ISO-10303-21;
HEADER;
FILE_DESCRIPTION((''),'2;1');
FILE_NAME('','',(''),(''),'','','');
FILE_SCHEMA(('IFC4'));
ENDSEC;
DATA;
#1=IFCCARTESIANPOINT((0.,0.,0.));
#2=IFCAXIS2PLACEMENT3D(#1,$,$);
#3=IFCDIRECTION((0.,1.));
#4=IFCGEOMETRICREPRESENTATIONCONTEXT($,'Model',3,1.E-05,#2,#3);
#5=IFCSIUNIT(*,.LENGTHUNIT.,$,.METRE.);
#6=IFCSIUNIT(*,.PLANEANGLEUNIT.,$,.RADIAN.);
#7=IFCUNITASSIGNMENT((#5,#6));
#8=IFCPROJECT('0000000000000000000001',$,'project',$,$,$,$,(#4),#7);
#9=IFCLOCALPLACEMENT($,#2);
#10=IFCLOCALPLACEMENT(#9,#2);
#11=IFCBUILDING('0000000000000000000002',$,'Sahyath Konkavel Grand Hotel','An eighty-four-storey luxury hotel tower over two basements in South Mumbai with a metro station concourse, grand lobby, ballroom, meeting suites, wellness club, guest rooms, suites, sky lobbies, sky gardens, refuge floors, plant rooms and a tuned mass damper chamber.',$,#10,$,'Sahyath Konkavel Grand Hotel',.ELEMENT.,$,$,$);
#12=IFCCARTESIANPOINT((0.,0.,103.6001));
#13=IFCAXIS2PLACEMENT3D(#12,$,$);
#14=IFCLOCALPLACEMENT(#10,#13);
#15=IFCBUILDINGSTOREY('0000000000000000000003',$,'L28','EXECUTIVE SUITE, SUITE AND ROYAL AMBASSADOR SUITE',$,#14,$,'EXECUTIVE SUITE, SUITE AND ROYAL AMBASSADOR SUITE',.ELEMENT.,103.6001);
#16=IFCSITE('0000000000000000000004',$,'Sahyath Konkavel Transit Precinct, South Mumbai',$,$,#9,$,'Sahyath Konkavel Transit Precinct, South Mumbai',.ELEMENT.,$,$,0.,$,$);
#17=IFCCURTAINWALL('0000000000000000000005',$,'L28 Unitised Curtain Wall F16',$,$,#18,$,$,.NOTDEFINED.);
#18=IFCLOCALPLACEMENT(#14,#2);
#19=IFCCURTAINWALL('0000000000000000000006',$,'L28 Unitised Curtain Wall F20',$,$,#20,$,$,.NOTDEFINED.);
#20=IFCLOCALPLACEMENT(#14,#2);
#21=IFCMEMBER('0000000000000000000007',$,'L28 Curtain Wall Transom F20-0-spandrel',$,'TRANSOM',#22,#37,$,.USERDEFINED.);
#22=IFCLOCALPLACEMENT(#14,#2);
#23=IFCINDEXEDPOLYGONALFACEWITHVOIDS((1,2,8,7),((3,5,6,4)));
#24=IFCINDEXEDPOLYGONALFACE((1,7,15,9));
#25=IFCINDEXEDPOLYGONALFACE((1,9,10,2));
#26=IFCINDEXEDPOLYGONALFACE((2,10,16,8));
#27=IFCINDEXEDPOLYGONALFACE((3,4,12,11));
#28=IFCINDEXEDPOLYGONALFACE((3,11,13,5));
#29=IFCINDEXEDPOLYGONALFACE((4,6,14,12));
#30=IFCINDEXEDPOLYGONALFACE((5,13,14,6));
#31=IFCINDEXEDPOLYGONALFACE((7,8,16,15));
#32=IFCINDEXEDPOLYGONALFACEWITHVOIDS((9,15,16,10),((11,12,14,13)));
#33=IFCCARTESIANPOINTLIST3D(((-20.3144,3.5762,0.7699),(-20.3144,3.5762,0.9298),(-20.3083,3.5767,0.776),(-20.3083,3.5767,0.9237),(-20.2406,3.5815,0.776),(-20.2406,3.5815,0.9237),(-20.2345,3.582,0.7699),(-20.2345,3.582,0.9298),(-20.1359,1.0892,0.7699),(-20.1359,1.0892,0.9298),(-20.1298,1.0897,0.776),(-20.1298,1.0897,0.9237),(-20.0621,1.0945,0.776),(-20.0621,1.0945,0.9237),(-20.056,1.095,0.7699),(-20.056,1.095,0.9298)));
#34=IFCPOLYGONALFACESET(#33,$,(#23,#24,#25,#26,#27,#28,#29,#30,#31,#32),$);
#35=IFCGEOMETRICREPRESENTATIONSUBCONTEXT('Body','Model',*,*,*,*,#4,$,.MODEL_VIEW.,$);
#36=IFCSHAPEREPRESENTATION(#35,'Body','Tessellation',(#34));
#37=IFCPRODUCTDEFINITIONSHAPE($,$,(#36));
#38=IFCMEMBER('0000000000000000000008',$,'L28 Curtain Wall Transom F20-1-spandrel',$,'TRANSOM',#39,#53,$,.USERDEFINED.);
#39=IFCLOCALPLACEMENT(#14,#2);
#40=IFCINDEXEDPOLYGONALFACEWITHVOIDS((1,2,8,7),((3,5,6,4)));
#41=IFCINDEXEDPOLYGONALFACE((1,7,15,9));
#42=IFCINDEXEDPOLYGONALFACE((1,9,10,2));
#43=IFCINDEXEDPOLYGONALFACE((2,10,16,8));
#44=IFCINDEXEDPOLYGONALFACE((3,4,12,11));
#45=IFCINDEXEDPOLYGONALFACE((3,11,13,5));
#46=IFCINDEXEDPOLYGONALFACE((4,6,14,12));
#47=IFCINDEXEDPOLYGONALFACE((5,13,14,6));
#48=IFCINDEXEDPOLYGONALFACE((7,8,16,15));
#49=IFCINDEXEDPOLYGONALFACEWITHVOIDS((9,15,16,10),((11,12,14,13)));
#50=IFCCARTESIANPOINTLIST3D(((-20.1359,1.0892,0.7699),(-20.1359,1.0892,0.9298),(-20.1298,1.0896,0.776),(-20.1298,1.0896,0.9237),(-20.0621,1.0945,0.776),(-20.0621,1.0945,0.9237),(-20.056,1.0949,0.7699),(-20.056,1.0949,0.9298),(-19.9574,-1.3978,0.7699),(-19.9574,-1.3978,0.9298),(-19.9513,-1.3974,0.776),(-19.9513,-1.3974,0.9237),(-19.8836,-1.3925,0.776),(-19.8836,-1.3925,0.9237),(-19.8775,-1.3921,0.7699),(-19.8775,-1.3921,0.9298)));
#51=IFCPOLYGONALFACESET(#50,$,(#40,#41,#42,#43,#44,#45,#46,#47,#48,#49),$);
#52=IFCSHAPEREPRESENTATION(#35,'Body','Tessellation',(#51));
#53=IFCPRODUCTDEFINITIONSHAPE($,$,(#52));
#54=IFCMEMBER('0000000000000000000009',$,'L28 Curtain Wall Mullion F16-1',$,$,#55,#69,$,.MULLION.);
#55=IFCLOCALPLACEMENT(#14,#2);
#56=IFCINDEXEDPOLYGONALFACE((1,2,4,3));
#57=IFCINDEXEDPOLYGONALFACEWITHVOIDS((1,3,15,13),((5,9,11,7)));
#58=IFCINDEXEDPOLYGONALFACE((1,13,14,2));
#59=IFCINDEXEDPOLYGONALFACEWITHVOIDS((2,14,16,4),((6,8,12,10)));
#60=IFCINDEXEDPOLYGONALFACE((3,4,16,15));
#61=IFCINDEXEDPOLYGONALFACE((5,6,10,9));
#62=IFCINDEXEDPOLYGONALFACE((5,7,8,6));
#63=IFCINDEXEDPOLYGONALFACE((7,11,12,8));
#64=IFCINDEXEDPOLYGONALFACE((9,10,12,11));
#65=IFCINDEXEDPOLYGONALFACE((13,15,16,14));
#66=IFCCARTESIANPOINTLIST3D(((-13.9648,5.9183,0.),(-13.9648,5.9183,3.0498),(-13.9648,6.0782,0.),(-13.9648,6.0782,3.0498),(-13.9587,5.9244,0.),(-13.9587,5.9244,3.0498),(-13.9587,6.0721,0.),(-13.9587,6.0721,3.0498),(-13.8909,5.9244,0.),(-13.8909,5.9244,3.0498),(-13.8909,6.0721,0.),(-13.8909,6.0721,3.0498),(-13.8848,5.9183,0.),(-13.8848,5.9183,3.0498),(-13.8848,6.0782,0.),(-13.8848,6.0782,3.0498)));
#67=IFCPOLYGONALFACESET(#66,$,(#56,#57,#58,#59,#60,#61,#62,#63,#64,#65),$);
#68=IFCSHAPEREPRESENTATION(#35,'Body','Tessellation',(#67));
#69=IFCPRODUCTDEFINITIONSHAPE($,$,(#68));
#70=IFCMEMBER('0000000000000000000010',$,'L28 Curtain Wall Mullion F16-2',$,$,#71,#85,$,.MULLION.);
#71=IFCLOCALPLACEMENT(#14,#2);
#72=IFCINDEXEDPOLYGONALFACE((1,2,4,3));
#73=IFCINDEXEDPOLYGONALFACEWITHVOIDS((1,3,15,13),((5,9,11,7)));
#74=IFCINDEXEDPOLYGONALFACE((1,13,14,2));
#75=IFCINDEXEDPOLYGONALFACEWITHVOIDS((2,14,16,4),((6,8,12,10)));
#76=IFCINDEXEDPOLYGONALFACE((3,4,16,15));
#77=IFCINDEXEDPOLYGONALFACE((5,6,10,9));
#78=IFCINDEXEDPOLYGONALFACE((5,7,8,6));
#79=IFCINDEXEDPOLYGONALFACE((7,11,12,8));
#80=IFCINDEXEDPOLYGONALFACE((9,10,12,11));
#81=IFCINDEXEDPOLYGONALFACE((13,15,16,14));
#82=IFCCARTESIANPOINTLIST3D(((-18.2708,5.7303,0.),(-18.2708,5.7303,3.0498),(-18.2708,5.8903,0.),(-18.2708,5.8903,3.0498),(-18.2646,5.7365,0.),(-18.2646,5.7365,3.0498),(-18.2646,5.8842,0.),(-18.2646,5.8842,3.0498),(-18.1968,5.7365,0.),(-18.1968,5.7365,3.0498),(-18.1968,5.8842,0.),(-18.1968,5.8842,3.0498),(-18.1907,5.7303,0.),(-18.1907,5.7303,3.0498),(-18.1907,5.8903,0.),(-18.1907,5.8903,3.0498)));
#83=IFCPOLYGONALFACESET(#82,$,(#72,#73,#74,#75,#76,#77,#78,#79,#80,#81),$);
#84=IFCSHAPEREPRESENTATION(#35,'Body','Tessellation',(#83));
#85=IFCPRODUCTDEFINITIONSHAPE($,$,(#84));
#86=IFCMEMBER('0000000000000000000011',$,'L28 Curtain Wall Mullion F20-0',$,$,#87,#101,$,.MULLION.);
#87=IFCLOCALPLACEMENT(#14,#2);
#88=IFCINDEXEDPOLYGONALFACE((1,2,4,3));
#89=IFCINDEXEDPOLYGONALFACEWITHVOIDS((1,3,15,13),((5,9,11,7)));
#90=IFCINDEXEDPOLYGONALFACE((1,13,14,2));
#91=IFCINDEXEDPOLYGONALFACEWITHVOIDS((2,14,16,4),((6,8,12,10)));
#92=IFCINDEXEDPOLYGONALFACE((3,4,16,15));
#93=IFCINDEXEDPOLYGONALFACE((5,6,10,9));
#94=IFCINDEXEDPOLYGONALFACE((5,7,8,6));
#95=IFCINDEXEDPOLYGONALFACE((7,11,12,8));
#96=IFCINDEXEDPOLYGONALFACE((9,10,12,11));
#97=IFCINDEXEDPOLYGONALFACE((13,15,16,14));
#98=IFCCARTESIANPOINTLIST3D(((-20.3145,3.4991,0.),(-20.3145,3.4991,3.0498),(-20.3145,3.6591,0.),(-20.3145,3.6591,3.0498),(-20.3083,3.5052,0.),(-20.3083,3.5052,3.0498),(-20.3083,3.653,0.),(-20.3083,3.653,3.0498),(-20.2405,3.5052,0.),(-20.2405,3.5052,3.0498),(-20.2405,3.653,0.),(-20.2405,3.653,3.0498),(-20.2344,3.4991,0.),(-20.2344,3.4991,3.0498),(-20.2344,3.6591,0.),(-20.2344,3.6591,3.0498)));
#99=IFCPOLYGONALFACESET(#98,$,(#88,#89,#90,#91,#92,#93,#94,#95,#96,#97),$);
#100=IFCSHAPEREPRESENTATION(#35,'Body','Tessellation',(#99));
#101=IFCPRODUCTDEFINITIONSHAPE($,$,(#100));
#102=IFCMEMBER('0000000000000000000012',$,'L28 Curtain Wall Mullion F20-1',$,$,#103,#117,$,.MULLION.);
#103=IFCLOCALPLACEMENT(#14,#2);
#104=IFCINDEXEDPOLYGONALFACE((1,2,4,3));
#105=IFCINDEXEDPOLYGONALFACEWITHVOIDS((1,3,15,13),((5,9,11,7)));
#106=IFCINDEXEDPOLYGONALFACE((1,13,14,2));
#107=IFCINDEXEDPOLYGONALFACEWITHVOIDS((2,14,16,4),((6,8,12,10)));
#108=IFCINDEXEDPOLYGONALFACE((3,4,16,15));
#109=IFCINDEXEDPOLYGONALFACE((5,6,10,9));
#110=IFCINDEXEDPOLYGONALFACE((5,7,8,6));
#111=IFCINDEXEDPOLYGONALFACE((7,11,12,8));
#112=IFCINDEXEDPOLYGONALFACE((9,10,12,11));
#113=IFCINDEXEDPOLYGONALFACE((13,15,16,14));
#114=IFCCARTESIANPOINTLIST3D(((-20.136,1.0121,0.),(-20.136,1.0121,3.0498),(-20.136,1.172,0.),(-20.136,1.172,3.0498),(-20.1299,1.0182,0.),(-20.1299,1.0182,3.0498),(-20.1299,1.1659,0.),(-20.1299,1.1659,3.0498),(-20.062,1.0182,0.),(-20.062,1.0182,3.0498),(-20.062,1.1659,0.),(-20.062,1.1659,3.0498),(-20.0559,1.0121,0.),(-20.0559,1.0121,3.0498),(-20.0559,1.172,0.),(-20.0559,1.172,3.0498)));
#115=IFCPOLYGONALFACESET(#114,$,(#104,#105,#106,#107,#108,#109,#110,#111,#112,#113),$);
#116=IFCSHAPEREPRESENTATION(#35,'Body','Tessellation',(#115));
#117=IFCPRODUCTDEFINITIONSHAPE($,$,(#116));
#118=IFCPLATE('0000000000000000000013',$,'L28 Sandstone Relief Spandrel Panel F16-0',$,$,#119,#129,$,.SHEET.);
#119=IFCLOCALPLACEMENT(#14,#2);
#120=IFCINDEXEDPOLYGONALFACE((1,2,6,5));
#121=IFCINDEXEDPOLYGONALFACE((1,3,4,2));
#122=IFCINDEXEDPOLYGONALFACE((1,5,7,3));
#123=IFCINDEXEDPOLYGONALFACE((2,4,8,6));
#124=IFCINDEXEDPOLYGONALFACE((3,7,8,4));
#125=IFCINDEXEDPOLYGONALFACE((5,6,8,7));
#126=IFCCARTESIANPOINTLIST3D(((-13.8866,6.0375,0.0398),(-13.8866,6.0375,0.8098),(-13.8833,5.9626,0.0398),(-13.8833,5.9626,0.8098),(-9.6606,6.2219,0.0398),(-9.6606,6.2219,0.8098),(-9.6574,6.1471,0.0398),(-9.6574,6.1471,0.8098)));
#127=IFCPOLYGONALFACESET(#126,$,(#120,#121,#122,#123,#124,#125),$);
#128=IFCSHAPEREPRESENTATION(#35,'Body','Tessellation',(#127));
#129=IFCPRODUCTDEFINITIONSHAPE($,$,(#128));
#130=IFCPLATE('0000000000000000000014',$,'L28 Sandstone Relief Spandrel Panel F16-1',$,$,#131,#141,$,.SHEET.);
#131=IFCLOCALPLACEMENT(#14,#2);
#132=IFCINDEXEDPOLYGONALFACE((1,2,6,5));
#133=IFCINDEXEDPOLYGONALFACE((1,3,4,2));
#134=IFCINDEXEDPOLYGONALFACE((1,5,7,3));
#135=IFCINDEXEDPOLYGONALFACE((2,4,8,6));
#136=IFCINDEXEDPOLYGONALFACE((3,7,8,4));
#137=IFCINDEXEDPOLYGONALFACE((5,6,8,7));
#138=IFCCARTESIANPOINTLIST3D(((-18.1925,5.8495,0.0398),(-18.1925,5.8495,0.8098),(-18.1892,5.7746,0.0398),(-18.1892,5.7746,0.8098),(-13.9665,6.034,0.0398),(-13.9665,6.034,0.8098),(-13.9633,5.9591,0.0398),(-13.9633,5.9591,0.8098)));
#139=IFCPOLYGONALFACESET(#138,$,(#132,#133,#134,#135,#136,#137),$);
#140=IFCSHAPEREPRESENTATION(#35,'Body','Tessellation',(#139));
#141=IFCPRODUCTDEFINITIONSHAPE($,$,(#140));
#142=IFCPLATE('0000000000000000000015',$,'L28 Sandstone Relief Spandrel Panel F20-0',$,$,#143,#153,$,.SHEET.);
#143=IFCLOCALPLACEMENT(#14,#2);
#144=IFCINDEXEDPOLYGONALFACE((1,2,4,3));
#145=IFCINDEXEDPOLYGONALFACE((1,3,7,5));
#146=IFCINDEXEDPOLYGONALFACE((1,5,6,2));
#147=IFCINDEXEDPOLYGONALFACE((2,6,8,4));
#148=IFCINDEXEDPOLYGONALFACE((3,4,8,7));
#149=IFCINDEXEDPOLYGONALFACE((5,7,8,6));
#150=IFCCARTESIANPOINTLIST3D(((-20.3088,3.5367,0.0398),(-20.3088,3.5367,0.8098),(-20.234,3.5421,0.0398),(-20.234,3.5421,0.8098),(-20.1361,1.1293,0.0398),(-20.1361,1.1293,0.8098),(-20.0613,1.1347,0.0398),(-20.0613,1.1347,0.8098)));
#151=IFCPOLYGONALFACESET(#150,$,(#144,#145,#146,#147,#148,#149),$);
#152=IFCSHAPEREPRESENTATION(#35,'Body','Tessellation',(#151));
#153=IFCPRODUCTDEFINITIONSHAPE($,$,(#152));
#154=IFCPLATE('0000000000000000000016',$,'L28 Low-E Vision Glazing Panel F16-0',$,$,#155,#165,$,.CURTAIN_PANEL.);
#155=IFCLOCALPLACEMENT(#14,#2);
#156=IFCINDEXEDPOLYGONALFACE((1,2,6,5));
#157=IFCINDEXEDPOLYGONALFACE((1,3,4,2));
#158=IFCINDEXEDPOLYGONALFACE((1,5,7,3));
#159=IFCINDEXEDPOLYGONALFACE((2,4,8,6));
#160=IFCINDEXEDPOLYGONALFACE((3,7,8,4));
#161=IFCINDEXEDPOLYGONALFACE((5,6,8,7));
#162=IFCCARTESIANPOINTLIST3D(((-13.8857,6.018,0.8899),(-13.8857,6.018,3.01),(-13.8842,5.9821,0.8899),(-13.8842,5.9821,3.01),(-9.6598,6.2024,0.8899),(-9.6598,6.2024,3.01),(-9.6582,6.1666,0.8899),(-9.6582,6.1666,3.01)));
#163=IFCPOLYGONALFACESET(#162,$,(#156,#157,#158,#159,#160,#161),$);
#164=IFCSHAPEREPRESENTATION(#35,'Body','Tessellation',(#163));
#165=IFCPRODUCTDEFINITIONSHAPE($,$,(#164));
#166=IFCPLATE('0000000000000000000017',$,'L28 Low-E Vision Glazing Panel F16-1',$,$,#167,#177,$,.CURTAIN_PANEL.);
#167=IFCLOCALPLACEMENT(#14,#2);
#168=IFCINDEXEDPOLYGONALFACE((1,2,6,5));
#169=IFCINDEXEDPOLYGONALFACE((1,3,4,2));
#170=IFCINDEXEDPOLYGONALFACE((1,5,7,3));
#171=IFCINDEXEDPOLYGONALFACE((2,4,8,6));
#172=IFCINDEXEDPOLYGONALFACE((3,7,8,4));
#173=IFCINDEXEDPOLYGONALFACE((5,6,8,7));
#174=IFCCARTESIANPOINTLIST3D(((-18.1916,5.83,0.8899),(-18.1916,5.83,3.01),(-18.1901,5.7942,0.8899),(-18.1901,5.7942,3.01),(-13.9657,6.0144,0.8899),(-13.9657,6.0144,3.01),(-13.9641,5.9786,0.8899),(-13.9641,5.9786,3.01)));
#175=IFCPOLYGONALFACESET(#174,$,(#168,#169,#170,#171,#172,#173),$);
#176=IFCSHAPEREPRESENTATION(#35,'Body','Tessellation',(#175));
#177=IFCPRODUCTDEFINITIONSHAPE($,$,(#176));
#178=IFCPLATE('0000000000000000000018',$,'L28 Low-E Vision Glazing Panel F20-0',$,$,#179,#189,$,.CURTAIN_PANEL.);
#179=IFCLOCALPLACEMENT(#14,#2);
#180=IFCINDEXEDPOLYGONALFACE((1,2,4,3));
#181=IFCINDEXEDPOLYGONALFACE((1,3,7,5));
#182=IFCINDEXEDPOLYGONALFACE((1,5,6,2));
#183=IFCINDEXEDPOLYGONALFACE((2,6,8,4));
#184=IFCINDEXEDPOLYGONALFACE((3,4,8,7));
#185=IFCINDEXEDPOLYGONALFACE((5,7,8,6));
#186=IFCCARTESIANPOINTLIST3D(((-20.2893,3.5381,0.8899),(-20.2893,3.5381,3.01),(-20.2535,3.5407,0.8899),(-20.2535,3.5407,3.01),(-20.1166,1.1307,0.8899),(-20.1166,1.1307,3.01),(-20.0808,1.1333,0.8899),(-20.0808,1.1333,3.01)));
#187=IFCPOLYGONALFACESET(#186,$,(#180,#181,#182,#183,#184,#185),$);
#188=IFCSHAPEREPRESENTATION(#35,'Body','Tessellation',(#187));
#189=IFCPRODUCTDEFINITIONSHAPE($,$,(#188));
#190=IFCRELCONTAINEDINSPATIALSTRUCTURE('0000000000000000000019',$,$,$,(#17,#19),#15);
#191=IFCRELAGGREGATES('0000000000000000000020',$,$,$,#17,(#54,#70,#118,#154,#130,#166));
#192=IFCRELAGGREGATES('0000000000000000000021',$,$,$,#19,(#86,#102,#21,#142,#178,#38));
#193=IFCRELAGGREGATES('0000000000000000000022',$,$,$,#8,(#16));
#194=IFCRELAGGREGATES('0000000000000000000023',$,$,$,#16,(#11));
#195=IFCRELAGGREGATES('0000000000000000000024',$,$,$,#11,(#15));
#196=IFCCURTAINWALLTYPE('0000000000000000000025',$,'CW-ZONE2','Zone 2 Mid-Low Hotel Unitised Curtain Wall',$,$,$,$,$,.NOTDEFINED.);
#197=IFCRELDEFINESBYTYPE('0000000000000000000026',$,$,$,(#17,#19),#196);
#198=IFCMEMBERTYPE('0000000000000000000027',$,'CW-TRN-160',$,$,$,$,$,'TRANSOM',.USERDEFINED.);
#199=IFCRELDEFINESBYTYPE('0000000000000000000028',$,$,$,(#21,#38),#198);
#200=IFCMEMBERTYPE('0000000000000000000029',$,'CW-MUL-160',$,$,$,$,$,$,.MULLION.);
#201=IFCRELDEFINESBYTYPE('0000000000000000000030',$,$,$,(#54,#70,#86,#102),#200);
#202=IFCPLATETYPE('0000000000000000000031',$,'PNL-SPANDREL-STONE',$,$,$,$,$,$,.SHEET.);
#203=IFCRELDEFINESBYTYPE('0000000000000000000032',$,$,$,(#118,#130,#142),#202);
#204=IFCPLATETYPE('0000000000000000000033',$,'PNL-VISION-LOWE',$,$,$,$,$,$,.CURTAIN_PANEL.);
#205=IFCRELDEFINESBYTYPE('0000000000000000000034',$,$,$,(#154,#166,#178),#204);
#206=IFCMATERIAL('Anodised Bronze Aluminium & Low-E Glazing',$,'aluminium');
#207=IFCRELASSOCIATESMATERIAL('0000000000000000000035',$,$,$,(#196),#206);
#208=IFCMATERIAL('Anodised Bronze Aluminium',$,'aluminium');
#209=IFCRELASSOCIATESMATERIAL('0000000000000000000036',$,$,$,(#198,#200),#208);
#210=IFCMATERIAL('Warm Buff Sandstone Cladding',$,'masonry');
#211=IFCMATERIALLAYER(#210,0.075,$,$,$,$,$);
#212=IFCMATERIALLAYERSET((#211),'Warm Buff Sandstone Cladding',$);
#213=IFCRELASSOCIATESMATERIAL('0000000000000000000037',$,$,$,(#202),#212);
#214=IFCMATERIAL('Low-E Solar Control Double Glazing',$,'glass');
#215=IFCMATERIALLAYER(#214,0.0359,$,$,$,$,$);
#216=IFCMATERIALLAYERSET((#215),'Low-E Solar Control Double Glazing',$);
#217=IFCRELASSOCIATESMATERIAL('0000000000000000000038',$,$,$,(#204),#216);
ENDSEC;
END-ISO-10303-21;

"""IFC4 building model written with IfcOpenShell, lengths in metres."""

from ifc_helpers import new_model, si_unit, direction, frame, origin, origin_2d, place, context, subcontext, project, spatial, rectangle, hollow_rectangle, extrude, source, transform, mapped, material, layer, layer_set, material_profile, profile_set, type_object, element, aggregate, save


model = new_model("IFC4")

# Units and contexts
model_context = context("Model", 3, precision=1e-05, world=origin(), true_north=direction((0.0, 1.0)))
body_context = subcontext(model_context, "Body", "Model", "MODEL_VIEW")
ifc_project = project(units=[si_unit("LENGTHUNIT", "METRE"), si_unit("PLANEANGLEUNIT", "RADIAN")], contexts=[model_context])

# Site, building, storey
site_placement = place(None, origin())
site = spatial("IfcSite", under=ifc_project, at=site_placement, Name="Sahyath Konkavel Transit Precinct, South Mumbai", LongName="Sahyath Konkavel Transit Precinct, South Mumbai", CompositionType="ELEMENT", RefElevation=0.0)
building_placement = place(site_placement, origin())
building = spatial("IfcBuilding", under=site, at=building_placement, Name="Sahyath Konkavel Grand Hotel", Description="An eighty-four-storey luxury hotel tower over two basements in South Mumbai with a metro station concourse, grand lobby, ballroom, meeting suites, wellness club, guest rooms, suites, sky lobbies, sky gardens, refuge floors, plant rooms and a tuned mass damper chamber.", LongName="Sahyath Konkavel Grand Hotel", CompositionType="ELEMENT")
storey_placement = place(building_placement, frame((0.0, 0.0, 103.6001)))
storey = spatial("IfcBuildingStorey", under=building, at=storey_placement, Name="L28", Description="EXECUTIVE SUITE, SUITE AND ROYAL AMBASSADOR SUITE", LongName="EXECUTIVE SUITE, SUITE AND ROYAL AMBASSADOR SUITE", CompositionType="ELEMENT", Elevation=103.6001)

# Curtain wall
ifc_material_1 = material(Name="Anodised Bronze Aluminium & Low-E Glazing", Category="aluminium")
curtain_wall_type = type_object("IfcCurtainWallType", Name="CW-ZONE2", Description="Zone 2 Mid-Low Hotel Unitised Curtain Wall", PredefinedType="NOTDEFINED", material=ifc_material_1)
curtain_wall_1_placement = place(storey_placement, origin())
curtain_wall_1 = element("IfcCurtainWall", 1, at=curtain_wall_1_placement, inside=storey, type_object=curtain_wall_type, Name="L28 Unitised Curtain Wall F16", PredefinedType="NOTDEFINED")
ifc_material_2 = material(Name="Anodised Bronze Aluminium", Category="aluminium")
ifc_material_profile_1 = material_profile(ifc_material_2, hollow_rectangle(XDim=0.0801, YDim=0.1599, WallThickness=0.0061, at=origin_2d()), Name="RHS 160x80x6")
ifc_profile_set_1 = profile_set([ifc_material_profile_1], Name="Anodised Bronze Aluminium")
member_type_1 = type_object("IfcMemberType", Name="CW-TRN-160", ElementType="TRANSOM", PredefinedType="USERDEFINED", material=ifc_profile_set_1)

# Curtain wall, members
curtain_wall_2_placement = place(storey_placement, origin())
curtain_wall_2 = element("IfcCurtainWall", 2, at=curtain_wall_2_placement, inside=storey, type_object=curtain_wall_type, Name="L28 Unitised Curtain Wall F20", PredefinedType="NOTDEFINED")
shared_shape_1 = source(origin(), body_context, "Body", "SweptSolid", [
    extrude(hollow_rectangle(XDim=0.0801, YDim=0.1599, WallThickness=0.0061, at=origin_2d()), origin(), (0.0, 0.0, 1.0), 2.4934),
])
member_1_placement = place(storey_placement, frame((-20.2744, 3.5791, 0.8499), z_axis=(0.071574, -0.997435, 0.0), x_axis=(0.997435, 0.071574, 0.0)))
member_1 = element("IfcMember", 3, at=member_1_placement, type_object=member_type_1, Name="L28 Curtain Wall Transom F20-0-spandrel", ObjectType="TRANSOM", PredefinedType="USERDEFINED", context=body_context, shape_type="MappedRepresentation", body=[
    mapped(shared_shape_1, transform((0.0, 0.0, 0.0), scale=1.0)),
])
member_2_placement = place(storey_placement, frame((-20.0959, 1.092, 0.8499), z_axis=(0.071574, -0.997435, 0.0), x_axis=(0.997435, 0.071574, 0.0)))
member_2 = element("IfcMember", 4, at=member_2_placement, type_object=member_type_1, Name="L28 Curtain Wall Transom F20-1-spandrel", ObjectType="TRANSOM", PredefinedType="USERDEFINED", context=body_context, shape_type="MappedRepresentation", body=[
    mapped(shared_shape_1, transform((0.0, 0.0, 0.0), scale=1.0)),
])

# Members
ifc_material_profile_2 = material_profile(ifc_material_2, hollow_rectangle(XDim=0.0801, YDim=0.1599, WallThickness=0.0061, at=origin_2d()), Name="RHS 160x80x6")
ifc_profile_set_2 = profile_set([ifc_material_profile_2], Name="Anodised Bronze Aluminium")
member_type_2 = type_object("IfcMemberType", Name="CW-MUL-160", PredefinedType="MULLION", material=ifc_profile_set_2)
shared_shape_2 = source(origin(), body_context, "Body", "SweptSolid", [
    extrude(hollow_rectangle(XDim=0.0801, YDim=0.1599, WallThickness=0.0061, at=origin_2d()), origin(), (0.0, 0.0, 1.0), 3.0498),
])
member_3_placement = place(storey_placement, frame((-13.9248, 5.9983, 0.0), z_axis=(0.0, 0.0, 1.0), x_axis=(1.0, 0.0, 0.0)))
member_3 = element("IfcMember", 5, at=member_3_placement, type_object=member_type_2, Name="L28 Curtain Wall Mullion F16-1", PredefinedType="MULLION", context=body_context, shape_type="MappedRepresentation", body=[
    mapped(shared_shape_2, transform((0.0, 0.0, 0.0), scale=1.0)),
])
member_4_placement = place(storey_placement, frame((-18.2307, 5.8103, 0.0), z_axis=(0.0, 0.0, 1.0), x_axis=(1.0, 0.0, 0.0)))
member_4 = element("IfcMember", 6, at=member_4_placement, type_object=member_type_2, Name="L28 Curtain Wall Mullion F16-2", PredefinedType="MULLION", context=body_context, shape_type="MappedRepresentation", body=[
    mapped(shared_shape_2, transform((0.0, 0.0, 0.0), scale=1.0)),
])
member_5_placement = place(storey_placement, frame((-20.2744, 3.5791, 0.0), z_axis=(0.0, 0.0, 1.0), x_axis=(1.0, 0.0, 0.0)))
member_5 = element("IfcMember", 7, at=member_5_placement, type_object=member_type_2, Name="L28 Curtain Wall Mullion F20-0", PredefinedType="MULLION", context=body_context, shape_type="MappedRepresentation", body=[
    mapped(shared_shape_2, transform((0.0, 0.0, 0.0), scale=1.0)),
])
member_6_placement = place(storey_placement, frame((-20.0959, 1.092, 0.0), z_axis=(0.0, 0.0, 1.0), x_axis=(1.0, 0.0, 0.0)))
member_6 = element("IfcMember", 8, at=member_6_placement, type_object=member_type_2, Name="L28 Curtain Wall Mullion F20-1", PredefinedType="MULLION", context=body_context, shape_type="MappedRepresentation", body=[
    mapped(shared_shape_2, transform((0.0, 0.0, 0.0), scale=1.0)),
])

# Plates
ifc_material_3 = material(Name="Warm Buff Sandstone Cladding", Category="masonry")
ifc_layer_1 = layer(ifc_material_3, 0.075)
ifc_layer_set_1 = layer_set([ifc_layer_1], Name="Warm Buff Sandstone Cladding")
plate_type_1 = type_object("IfcPlateType", Name="PNL-SPANDREL-STONE", PredefinedType="SHEET", material=ifc_layer_set_1)
shared_shape_3 = source(origin(), body_context, "Body", "SweptSolid", [
    extrude(rectangle(XDim=4.23, YDim=0.075, at=origin_2d()), origin(), (0.0, 0.0, 1.0), 0.77),
])
plate_1_placement = place(storey_placement, frame((-11.772, 6.0923, 0.0398), z_axis=(0.0, 0.0, 1.0), x_axis=(-0.999049, -0.043602, 0.0)))
plate_1 = element("IfcPlate", 9, at=plate_1_placement, type_object=plate_type_1, Name="L28 Sandstone Relief Spandrel Panel F16-0", PredefinedType="SHEET", context=body_context, shape_type="MappedRepresentation", body=[
    mapped(shared_shape_3, transform((0.0, 0.0, 0.0), scale=1.0)),
])
plate_2_placement = place(storey_placement, frame((-16.0779, 5.9043, 0.0398), z_axis=(0.0, 0.0, 1.0), x_axis=(-0.999049, -0.043602, 0.0)))
plate_2 = element("IfcPlate", 10, at=plate_2_placement, type_object=plate_type_1, Name="L28 Sandstone Relief Spandrel Panel F16-1", PredefinedType="SHEET", context=body_context, shape_type="MappedRepresentation", body=[
    mapped(shared_shape_3, transform((0.0, 0.0, 0.0), scale=1.0)),
])
shared_shape_4 = source(origin(), body_context, "Body", "SweptSolid", [
    extrude(rectangle(XDim=2.4136, YDim=0.075, at=origin_2d()), origin(), (0.0, 0.0, 1.0), 0.77),
])
plate_3_placement = place(storey_placement, frame((-20.1851, 2.3357, 0.0398), z_axis=(0.0, 0.0, 1.0), x_axis=(0.071567, -0.997436, 0.0)))
plate_3 = element("IfcPlate", 11, at=plate_3_placement, type_object=plate_type_1, Name="L28 Sandstone Relief Spandrel Panel F20-0", PredefinedType="SHEET", context=body_context, shape_type="MappedRepresentation", body=[
    mapped(shared_shape_4, transform((0.0, 0.0, 0.0), scale=1.0)),
])
ifc_material_4 = material(Name="Low-E Solar Control Double Glazing", Category="glass")
ifc_layer_2 = layer(ifc_material_4, 0.0359)
ifc_layer_set_2 = layer_set([ifc_layer_2], Name="Low-E Solar Control Double Glazing")
plate_type_2 = type_object("IfcPlateType", Name="PNL-VISION-LOWE", PredefinedType="CURTAIN_PANEL", material=ifc_layer_set_2)
shared_shape_5 = source(origin(), body_context, "Body", "SweptSolid", [
    extrude(rectangle(XDim=4.23, YDim=0.0359, at=origin_2d()), origin(), (0.0, 0.0, 1.0), 2.1201),
])
plate_4_placement = place(storey_placement, frame((-11.772, 6.0923, 0.8899), z_axis=(0.0, 0.0, 1.0), x_axis=(-0.999049, -0.043602, 0.0)))
plate_4 = element("IfcPlate", 12, at=plate_4_placement, type_object=plate_type_2, Name="L28 Low-E Vision Glazing Panel F16-0", PredefinedType="CURTAIN_PANEL", context=body_context, shape_type="MappedRepresentation", body=[
    mapped(shared_shape_5, transform((0.0, 0.0, 0.0), scale=1.0)),
])
plate_5_placement = place(storey_placement, frame((-16.0779, 5.9043, 0.8899), z_axis=(0.0, 0.0, 1.0), x_axis=(-0.999049, -0.043602, 0.0)))
plate_5 = element("IfcPlate", 13, at=plate_5_placement, type_object=plate_type_2, Name="L28 Low-E Vision Glazing Panel F16-1", PredefinedType="CURTAIN_PANEL", context=body_context, shape_type="MappedRepresentation", body=[
    mapped(shared_shape_5, transform((0.0, 0.0, 0.0), scale=1.0)),
])
aggregate(curtain_wall_1, [member_3, member_4, plate_1, plate_4, plate_2, plate_5])
shared_shape_6 = source(origin(), body_context, "Body", "SweptSolid", [
    extrude(rectangle(XDim=2.4136, YDim=0.0359, at=origin_2d()), origin(), (0.0, 0.0, 1.0), 2.1201),
])
plate_6_placement = place(storey_placement, frame((-20.1851, 2.3357, 0.8899), z_axis=(0.0, 0.0, 1.0), x_axis=(0.071567, -0.997436, 0.0)))
plate_6 = element("IfcPlate", 14, at=plate_6_placement, type_object=plate_type_2, Name="L28 Low-E Vision Glazing Panel F20-0", PredefinedType="CURTAIN_PANEL", context=body_context, shape_type="MappedRepresentation", body=[
    mapped(shared_shape_6, transform((0.0, 0.0, 0.0), scale=1.0)),
])
aggregate(curtain_wall_2, [member_5, member_6, member_1, plate_3, plate_6, member_2])

save(model, "model.ifc")
